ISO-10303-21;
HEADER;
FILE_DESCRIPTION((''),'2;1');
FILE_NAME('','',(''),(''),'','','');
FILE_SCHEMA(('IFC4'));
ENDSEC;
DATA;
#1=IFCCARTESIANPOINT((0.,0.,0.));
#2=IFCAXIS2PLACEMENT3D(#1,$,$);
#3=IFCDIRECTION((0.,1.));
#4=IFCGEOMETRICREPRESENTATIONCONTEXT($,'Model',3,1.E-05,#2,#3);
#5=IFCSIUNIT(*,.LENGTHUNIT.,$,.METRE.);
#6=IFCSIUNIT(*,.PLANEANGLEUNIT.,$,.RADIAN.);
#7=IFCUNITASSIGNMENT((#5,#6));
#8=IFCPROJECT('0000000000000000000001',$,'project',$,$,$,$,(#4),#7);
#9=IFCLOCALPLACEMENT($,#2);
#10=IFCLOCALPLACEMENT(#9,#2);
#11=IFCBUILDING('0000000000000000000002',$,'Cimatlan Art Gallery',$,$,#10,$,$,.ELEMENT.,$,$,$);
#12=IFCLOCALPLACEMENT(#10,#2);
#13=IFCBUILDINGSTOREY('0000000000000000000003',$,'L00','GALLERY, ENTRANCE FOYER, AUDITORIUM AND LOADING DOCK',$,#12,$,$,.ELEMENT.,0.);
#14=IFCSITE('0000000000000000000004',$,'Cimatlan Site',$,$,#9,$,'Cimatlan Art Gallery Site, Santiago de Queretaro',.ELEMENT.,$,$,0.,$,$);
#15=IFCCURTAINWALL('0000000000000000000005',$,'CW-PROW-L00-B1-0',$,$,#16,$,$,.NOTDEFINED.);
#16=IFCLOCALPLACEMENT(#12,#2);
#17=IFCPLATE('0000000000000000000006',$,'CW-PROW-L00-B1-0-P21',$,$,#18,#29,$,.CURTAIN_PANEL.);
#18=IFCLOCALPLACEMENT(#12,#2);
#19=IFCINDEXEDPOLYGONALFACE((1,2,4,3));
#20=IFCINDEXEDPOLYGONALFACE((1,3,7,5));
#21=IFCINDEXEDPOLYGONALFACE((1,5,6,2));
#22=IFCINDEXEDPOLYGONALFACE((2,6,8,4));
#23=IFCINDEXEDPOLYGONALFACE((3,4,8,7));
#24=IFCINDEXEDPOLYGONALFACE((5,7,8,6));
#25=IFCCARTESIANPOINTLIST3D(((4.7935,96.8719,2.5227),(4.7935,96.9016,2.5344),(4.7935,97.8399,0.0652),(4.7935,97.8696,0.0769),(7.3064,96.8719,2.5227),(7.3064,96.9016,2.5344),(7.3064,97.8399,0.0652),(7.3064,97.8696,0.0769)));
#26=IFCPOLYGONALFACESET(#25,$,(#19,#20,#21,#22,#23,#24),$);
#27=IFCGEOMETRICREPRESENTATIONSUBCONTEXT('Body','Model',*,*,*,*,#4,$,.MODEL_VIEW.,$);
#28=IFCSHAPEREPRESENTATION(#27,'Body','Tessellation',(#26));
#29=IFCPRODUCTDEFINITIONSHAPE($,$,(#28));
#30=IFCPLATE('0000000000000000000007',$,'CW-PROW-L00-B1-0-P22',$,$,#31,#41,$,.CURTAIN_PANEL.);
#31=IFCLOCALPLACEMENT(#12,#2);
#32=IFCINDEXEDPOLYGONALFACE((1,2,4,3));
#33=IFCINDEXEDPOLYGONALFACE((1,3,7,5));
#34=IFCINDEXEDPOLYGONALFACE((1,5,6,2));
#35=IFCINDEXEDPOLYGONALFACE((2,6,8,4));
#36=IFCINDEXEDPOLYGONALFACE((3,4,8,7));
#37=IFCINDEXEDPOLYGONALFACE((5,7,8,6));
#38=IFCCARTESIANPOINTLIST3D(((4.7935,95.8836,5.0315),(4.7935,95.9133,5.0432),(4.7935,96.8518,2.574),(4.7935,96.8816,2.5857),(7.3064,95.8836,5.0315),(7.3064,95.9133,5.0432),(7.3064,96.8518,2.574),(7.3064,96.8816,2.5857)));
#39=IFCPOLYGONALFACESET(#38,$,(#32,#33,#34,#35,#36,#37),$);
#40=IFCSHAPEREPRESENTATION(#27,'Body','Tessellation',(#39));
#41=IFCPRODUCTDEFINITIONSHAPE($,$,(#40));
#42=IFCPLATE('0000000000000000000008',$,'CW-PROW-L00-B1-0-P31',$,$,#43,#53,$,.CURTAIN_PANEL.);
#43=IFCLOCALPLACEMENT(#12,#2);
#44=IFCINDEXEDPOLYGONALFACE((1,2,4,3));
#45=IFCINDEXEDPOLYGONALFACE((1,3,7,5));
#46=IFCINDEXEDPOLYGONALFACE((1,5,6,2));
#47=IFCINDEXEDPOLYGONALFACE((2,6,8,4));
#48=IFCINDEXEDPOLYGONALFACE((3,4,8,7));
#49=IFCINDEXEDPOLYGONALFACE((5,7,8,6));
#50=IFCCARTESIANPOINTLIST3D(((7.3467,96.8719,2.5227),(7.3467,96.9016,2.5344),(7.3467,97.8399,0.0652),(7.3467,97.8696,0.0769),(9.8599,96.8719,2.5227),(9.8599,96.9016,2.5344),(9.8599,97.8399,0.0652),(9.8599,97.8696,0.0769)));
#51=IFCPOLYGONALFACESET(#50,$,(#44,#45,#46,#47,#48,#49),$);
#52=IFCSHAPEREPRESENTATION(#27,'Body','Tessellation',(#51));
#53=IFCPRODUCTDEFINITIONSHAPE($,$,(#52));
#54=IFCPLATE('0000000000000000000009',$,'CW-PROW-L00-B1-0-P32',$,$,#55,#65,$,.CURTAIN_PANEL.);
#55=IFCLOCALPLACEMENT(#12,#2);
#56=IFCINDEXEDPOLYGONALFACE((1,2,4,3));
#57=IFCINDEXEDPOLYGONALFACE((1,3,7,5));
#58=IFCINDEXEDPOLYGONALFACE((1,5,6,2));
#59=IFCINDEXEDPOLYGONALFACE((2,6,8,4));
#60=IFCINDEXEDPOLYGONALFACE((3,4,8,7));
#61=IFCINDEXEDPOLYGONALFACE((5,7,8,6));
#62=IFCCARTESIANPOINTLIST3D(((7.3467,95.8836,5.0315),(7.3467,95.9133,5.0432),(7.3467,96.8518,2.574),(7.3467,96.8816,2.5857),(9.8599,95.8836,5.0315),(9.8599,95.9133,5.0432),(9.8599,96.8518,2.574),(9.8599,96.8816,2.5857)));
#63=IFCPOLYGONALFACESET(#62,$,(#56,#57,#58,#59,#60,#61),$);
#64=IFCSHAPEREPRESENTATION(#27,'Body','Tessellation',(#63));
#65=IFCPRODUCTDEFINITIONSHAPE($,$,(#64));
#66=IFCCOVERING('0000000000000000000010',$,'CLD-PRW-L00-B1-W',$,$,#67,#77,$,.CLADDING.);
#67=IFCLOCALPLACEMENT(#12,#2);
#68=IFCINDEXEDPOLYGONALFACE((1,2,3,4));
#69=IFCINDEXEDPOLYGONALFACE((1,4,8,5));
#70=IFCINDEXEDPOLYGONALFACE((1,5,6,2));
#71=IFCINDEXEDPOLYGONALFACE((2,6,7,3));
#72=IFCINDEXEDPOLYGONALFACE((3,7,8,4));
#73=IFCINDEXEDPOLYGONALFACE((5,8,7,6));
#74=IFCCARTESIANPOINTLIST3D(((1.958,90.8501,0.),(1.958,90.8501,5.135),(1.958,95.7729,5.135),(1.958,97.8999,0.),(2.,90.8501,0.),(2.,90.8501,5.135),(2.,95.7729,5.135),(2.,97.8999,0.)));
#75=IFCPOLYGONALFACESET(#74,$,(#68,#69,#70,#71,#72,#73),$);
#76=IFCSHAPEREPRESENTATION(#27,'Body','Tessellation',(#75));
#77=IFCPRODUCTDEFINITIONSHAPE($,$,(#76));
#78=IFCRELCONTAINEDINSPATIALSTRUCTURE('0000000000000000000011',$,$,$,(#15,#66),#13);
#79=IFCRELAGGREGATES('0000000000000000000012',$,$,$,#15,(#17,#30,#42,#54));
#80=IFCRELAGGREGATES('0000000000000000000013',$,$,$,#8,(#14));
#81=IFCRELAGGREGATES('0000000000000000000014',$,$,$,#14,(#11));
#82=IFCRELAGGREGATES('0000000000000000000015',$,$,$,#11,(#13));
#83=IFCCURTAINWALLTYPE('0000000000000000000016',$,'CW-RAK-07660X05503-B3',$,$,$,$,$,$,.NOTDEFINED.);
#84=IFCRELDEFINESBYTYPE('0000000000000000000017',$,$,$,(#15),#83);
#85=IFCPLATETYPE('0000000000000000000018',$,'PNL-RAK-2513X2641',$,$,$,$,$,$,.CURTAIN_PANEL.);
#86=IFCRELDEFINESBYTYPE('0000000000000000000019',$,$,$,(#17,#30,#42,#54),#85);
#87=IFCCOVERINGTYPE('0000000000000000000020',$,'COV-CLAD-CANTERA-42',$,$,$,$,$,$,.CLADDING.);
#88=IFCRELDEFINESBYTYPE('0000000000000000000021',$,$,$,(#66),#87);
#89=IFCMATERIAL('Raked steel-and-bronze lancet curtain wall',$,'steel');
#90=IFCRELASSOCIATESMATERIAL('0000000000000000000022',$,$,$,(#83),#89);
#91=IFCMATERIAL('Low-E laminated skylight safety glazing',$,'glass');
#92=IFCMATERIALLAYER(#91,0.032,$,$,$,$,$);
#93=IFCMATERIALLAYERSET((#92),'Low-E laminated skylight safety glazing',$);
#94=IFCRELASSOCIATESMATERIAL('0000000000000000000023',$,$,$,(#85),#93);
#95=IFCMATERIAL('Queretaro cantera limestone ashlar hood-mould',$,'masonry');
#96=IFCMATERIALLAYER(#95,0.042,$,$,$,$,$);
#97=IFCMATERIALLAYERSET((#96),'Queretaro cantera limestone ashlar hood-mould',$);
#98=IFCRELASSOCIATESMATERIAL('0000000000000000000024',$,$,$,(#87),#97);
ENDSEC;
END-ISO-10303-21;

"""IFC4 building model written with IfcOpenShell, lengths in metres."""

from ifc_helpers import new_model, si_unit, direction, frame, origin, place, context, subcontext, project, spatial, polyline, outline, extrude, material, layer, layer_set, type_object, element, aggregate, save


model = new_model("IFC4")

# Units and contexts
model_context = context("Model", 3, precision=1e-05, world=origin(), true_north=direction((0.0, 1.0)))
body_context = subcontext(model_context, "Body", "Model", "MODEL_VIEW")
ifc_project = project(units=[si_unit("LENGTHUNIT", "METRE"), si_unit("PLANEANGLEUNIT", "RADIAN")], contexts=[model_context])

# Site, building, storey
site_placement = place(None, origin())
site = spatial("IfcSite", under=ifc_project, at=site_placement, Name="Cimatlan Site", LongName="Cimatlan Art Gallery Site, Santiago de Queretaro", CompositionType="ELEMENT", RefElevation=0.0)
building_placement = place(site_placement, origin())
building = spatial("IfcBuilding", under=site, at=building_placement, Name="Cimatlan Art Gallery", CompositionType="ELEMENT")
storey_placement = place(building_placement, origin())
storey = spatial("IfcBuildingStorey", under=building, at=storey_placement, Name="L00", Description="GALLERY, ENTRANCE FOYER, AUDITORIUM AND LOADING DOCK", CompositionType="ELEMENT", Elevation=0.0)

# Curtain wall
ifc_material_1 = material(Name="Raked steel-and-bronze lancet curtain wall", Category="steel")
curtain_wall_type = type_object("IfcCurtainWallType", Name="CW-RAK-07660X05503-B3", PredefinedType="NOTDEFINED", material=ifc_material_1)
curtain_wall_placement = place(storey_placement, origin())
curtain_wall = element("IfcCurtainWall", 1, at=curtain_wall_placement, inside=storey, type_object=curtain_wall_type, Name="CW-PROW-L00-B1-0", PredefinedType="NOTDEFINED")

# Plates
ifc_material_2 = material(Name="Low-E laminated skylight safety glazing", Category="glass")
ifc_layer_1 = layer(ifc_material_2, 0.032)
ifc_layer_set_1 = layer_set([ifc_layer_1], Name="Low-E laminated skylight safety glazing")
plate_type = type_object("IfcPlateType", Name="PNL-RAK-2513X2641", PredefinedType="CURTAIN_PANEL", material=ifc_layer_set_1)
plate_1_placement = place(storey_placement, frame((4.7935, 97.8696, 0.0769), z_axis=(0.0, 0.930421, 0.366493), x_axis=(1.0, 0.0, 0.0)))
plate_1 = element("IfcPlate", 2, at=plate_1_placement, type_object=plate_type, Name="CW-PROW-L00-B1-0-P21", PredefinedType="CURTAIN_PANEL", context=body_context, shape_type="SweptSolid", body=[
    extrude(outline(polyline([(0.0, 0.0), (2.5129, 0.0), (2.5129, -2.6413), (0.0, -2.6413), (0.0, 0.0)])), origin(), (0.0, 0.0, -1.0), 0.032),
])
plate_2_placement = place(storey_placement, frame((4.7935, 96.8816, 2.5857), z_axis=(0.0, 0.930389, 0.366573), x_axis=(1.0, 0.0, 0.0)))
plate_2 = element("IfcPlate", 3, at=plate_2_placement, type_object=plate_type, Name="CW-PROW-L00-B1-0-P22", PredefinedType="CURTAIN_PANEL", context=body_context, shape_type="SweptSolid", body=[
    extrude(outline(polyline([(0.0, 0.0), (2.5129, 0.0), (2.5129, -2.6414), (0.0, -2.6414), (0.0, 0.0)])), origin(), (0.0, 0.0, -1.0), 0.032),
])
plate_3_placement = place(storey_placement, frame((7.3467, 97.8696, 0.0769), z_axis=(0.0, 0.930421, 0.366493), x_axis=(1.0, 0.0, 0.0)))
plate_3 = element("IfcPlate", 4, at=plate_3_placement, type_object=plate_type, Name="CW-PROW-L00-B1-0-P31", PredefinedType="CURTAIN_PANEL", context=body_context, shape_type="SweptSolid", body=[
    extrude(outline(polyline([(0.0, 0.0), (2.5132, 0.0), (2.5132, -2.6413), (0.0, -2.6413), (0.0, 0.0)])), origin(), (0.0, 0.0, -1.0), 0.032),
])
plate_4_placement = place(storey_placement, frame((7.3467, 96.8816, 2.5857), z_axis=(0.0, 0.930389, 0.366573), x_axis=(1.0, 0.0, 0.0)))
plate_4 = element("IfcPlate", 5, at=plate_4_placement, type_object=plate_type, Name="CW-PROW-L00-B1-0-P32", PredefinedType="CURTAIN_PANEL", context=body_context, shape_type="SweptSolid", body=[
    extrude(outline(polyline([(0.0, 0.0), (2.5132, 0.0), (2.5132, -2.6414), (0.0, -2.6414), (0.0, 0.0)])), origin(), (0.0, 0.0, -1.0), 0.032),
])
aggregate(curtain_wall, [plate_1, plate_2, plate_3, plate_4])

# Covering
ifc_material_3 = material(Name="Queretaro cantera limestone ashlar hood-mould", Category="masonry")
ifc_layer_2 = layer(ifc_material_3, 0.042)
ifc_layer_set_2 = layer_set([ifc_layer_2], Name="Queretaro cantera limestone ashlar hood-mould")
covering_type = type_object("IfcCoveringType", Name="COV-CLAD-CANTERA-42", PredefinedType="CLADDING", material=ifc_layer_set_2)
covering_placement = place(storey_placement, frame((2.0, 90.8501, 0.0), z_axis=(1.0, 0.0, 0.0), x_axis=(0.0, 1.0, 0.0)))
element("IfcCovering", 6, at=covering_placement, inside=storey, type_object=covering_type, Name="CLD-PRW-L00-B1-W", PredefinedType="CLADDING", context=body_context, shape_type="SweptSolid", body=[
    extrude(outline(polyline([(0.0, 0.0), (7.0498, 0.0), (4.9229, 5.135), (0.0, 5.135), (0.0, 0.0)])), origin(), (0.0, 0.0, -1.0), 0.042),
])

save(model, "model.ifc")
